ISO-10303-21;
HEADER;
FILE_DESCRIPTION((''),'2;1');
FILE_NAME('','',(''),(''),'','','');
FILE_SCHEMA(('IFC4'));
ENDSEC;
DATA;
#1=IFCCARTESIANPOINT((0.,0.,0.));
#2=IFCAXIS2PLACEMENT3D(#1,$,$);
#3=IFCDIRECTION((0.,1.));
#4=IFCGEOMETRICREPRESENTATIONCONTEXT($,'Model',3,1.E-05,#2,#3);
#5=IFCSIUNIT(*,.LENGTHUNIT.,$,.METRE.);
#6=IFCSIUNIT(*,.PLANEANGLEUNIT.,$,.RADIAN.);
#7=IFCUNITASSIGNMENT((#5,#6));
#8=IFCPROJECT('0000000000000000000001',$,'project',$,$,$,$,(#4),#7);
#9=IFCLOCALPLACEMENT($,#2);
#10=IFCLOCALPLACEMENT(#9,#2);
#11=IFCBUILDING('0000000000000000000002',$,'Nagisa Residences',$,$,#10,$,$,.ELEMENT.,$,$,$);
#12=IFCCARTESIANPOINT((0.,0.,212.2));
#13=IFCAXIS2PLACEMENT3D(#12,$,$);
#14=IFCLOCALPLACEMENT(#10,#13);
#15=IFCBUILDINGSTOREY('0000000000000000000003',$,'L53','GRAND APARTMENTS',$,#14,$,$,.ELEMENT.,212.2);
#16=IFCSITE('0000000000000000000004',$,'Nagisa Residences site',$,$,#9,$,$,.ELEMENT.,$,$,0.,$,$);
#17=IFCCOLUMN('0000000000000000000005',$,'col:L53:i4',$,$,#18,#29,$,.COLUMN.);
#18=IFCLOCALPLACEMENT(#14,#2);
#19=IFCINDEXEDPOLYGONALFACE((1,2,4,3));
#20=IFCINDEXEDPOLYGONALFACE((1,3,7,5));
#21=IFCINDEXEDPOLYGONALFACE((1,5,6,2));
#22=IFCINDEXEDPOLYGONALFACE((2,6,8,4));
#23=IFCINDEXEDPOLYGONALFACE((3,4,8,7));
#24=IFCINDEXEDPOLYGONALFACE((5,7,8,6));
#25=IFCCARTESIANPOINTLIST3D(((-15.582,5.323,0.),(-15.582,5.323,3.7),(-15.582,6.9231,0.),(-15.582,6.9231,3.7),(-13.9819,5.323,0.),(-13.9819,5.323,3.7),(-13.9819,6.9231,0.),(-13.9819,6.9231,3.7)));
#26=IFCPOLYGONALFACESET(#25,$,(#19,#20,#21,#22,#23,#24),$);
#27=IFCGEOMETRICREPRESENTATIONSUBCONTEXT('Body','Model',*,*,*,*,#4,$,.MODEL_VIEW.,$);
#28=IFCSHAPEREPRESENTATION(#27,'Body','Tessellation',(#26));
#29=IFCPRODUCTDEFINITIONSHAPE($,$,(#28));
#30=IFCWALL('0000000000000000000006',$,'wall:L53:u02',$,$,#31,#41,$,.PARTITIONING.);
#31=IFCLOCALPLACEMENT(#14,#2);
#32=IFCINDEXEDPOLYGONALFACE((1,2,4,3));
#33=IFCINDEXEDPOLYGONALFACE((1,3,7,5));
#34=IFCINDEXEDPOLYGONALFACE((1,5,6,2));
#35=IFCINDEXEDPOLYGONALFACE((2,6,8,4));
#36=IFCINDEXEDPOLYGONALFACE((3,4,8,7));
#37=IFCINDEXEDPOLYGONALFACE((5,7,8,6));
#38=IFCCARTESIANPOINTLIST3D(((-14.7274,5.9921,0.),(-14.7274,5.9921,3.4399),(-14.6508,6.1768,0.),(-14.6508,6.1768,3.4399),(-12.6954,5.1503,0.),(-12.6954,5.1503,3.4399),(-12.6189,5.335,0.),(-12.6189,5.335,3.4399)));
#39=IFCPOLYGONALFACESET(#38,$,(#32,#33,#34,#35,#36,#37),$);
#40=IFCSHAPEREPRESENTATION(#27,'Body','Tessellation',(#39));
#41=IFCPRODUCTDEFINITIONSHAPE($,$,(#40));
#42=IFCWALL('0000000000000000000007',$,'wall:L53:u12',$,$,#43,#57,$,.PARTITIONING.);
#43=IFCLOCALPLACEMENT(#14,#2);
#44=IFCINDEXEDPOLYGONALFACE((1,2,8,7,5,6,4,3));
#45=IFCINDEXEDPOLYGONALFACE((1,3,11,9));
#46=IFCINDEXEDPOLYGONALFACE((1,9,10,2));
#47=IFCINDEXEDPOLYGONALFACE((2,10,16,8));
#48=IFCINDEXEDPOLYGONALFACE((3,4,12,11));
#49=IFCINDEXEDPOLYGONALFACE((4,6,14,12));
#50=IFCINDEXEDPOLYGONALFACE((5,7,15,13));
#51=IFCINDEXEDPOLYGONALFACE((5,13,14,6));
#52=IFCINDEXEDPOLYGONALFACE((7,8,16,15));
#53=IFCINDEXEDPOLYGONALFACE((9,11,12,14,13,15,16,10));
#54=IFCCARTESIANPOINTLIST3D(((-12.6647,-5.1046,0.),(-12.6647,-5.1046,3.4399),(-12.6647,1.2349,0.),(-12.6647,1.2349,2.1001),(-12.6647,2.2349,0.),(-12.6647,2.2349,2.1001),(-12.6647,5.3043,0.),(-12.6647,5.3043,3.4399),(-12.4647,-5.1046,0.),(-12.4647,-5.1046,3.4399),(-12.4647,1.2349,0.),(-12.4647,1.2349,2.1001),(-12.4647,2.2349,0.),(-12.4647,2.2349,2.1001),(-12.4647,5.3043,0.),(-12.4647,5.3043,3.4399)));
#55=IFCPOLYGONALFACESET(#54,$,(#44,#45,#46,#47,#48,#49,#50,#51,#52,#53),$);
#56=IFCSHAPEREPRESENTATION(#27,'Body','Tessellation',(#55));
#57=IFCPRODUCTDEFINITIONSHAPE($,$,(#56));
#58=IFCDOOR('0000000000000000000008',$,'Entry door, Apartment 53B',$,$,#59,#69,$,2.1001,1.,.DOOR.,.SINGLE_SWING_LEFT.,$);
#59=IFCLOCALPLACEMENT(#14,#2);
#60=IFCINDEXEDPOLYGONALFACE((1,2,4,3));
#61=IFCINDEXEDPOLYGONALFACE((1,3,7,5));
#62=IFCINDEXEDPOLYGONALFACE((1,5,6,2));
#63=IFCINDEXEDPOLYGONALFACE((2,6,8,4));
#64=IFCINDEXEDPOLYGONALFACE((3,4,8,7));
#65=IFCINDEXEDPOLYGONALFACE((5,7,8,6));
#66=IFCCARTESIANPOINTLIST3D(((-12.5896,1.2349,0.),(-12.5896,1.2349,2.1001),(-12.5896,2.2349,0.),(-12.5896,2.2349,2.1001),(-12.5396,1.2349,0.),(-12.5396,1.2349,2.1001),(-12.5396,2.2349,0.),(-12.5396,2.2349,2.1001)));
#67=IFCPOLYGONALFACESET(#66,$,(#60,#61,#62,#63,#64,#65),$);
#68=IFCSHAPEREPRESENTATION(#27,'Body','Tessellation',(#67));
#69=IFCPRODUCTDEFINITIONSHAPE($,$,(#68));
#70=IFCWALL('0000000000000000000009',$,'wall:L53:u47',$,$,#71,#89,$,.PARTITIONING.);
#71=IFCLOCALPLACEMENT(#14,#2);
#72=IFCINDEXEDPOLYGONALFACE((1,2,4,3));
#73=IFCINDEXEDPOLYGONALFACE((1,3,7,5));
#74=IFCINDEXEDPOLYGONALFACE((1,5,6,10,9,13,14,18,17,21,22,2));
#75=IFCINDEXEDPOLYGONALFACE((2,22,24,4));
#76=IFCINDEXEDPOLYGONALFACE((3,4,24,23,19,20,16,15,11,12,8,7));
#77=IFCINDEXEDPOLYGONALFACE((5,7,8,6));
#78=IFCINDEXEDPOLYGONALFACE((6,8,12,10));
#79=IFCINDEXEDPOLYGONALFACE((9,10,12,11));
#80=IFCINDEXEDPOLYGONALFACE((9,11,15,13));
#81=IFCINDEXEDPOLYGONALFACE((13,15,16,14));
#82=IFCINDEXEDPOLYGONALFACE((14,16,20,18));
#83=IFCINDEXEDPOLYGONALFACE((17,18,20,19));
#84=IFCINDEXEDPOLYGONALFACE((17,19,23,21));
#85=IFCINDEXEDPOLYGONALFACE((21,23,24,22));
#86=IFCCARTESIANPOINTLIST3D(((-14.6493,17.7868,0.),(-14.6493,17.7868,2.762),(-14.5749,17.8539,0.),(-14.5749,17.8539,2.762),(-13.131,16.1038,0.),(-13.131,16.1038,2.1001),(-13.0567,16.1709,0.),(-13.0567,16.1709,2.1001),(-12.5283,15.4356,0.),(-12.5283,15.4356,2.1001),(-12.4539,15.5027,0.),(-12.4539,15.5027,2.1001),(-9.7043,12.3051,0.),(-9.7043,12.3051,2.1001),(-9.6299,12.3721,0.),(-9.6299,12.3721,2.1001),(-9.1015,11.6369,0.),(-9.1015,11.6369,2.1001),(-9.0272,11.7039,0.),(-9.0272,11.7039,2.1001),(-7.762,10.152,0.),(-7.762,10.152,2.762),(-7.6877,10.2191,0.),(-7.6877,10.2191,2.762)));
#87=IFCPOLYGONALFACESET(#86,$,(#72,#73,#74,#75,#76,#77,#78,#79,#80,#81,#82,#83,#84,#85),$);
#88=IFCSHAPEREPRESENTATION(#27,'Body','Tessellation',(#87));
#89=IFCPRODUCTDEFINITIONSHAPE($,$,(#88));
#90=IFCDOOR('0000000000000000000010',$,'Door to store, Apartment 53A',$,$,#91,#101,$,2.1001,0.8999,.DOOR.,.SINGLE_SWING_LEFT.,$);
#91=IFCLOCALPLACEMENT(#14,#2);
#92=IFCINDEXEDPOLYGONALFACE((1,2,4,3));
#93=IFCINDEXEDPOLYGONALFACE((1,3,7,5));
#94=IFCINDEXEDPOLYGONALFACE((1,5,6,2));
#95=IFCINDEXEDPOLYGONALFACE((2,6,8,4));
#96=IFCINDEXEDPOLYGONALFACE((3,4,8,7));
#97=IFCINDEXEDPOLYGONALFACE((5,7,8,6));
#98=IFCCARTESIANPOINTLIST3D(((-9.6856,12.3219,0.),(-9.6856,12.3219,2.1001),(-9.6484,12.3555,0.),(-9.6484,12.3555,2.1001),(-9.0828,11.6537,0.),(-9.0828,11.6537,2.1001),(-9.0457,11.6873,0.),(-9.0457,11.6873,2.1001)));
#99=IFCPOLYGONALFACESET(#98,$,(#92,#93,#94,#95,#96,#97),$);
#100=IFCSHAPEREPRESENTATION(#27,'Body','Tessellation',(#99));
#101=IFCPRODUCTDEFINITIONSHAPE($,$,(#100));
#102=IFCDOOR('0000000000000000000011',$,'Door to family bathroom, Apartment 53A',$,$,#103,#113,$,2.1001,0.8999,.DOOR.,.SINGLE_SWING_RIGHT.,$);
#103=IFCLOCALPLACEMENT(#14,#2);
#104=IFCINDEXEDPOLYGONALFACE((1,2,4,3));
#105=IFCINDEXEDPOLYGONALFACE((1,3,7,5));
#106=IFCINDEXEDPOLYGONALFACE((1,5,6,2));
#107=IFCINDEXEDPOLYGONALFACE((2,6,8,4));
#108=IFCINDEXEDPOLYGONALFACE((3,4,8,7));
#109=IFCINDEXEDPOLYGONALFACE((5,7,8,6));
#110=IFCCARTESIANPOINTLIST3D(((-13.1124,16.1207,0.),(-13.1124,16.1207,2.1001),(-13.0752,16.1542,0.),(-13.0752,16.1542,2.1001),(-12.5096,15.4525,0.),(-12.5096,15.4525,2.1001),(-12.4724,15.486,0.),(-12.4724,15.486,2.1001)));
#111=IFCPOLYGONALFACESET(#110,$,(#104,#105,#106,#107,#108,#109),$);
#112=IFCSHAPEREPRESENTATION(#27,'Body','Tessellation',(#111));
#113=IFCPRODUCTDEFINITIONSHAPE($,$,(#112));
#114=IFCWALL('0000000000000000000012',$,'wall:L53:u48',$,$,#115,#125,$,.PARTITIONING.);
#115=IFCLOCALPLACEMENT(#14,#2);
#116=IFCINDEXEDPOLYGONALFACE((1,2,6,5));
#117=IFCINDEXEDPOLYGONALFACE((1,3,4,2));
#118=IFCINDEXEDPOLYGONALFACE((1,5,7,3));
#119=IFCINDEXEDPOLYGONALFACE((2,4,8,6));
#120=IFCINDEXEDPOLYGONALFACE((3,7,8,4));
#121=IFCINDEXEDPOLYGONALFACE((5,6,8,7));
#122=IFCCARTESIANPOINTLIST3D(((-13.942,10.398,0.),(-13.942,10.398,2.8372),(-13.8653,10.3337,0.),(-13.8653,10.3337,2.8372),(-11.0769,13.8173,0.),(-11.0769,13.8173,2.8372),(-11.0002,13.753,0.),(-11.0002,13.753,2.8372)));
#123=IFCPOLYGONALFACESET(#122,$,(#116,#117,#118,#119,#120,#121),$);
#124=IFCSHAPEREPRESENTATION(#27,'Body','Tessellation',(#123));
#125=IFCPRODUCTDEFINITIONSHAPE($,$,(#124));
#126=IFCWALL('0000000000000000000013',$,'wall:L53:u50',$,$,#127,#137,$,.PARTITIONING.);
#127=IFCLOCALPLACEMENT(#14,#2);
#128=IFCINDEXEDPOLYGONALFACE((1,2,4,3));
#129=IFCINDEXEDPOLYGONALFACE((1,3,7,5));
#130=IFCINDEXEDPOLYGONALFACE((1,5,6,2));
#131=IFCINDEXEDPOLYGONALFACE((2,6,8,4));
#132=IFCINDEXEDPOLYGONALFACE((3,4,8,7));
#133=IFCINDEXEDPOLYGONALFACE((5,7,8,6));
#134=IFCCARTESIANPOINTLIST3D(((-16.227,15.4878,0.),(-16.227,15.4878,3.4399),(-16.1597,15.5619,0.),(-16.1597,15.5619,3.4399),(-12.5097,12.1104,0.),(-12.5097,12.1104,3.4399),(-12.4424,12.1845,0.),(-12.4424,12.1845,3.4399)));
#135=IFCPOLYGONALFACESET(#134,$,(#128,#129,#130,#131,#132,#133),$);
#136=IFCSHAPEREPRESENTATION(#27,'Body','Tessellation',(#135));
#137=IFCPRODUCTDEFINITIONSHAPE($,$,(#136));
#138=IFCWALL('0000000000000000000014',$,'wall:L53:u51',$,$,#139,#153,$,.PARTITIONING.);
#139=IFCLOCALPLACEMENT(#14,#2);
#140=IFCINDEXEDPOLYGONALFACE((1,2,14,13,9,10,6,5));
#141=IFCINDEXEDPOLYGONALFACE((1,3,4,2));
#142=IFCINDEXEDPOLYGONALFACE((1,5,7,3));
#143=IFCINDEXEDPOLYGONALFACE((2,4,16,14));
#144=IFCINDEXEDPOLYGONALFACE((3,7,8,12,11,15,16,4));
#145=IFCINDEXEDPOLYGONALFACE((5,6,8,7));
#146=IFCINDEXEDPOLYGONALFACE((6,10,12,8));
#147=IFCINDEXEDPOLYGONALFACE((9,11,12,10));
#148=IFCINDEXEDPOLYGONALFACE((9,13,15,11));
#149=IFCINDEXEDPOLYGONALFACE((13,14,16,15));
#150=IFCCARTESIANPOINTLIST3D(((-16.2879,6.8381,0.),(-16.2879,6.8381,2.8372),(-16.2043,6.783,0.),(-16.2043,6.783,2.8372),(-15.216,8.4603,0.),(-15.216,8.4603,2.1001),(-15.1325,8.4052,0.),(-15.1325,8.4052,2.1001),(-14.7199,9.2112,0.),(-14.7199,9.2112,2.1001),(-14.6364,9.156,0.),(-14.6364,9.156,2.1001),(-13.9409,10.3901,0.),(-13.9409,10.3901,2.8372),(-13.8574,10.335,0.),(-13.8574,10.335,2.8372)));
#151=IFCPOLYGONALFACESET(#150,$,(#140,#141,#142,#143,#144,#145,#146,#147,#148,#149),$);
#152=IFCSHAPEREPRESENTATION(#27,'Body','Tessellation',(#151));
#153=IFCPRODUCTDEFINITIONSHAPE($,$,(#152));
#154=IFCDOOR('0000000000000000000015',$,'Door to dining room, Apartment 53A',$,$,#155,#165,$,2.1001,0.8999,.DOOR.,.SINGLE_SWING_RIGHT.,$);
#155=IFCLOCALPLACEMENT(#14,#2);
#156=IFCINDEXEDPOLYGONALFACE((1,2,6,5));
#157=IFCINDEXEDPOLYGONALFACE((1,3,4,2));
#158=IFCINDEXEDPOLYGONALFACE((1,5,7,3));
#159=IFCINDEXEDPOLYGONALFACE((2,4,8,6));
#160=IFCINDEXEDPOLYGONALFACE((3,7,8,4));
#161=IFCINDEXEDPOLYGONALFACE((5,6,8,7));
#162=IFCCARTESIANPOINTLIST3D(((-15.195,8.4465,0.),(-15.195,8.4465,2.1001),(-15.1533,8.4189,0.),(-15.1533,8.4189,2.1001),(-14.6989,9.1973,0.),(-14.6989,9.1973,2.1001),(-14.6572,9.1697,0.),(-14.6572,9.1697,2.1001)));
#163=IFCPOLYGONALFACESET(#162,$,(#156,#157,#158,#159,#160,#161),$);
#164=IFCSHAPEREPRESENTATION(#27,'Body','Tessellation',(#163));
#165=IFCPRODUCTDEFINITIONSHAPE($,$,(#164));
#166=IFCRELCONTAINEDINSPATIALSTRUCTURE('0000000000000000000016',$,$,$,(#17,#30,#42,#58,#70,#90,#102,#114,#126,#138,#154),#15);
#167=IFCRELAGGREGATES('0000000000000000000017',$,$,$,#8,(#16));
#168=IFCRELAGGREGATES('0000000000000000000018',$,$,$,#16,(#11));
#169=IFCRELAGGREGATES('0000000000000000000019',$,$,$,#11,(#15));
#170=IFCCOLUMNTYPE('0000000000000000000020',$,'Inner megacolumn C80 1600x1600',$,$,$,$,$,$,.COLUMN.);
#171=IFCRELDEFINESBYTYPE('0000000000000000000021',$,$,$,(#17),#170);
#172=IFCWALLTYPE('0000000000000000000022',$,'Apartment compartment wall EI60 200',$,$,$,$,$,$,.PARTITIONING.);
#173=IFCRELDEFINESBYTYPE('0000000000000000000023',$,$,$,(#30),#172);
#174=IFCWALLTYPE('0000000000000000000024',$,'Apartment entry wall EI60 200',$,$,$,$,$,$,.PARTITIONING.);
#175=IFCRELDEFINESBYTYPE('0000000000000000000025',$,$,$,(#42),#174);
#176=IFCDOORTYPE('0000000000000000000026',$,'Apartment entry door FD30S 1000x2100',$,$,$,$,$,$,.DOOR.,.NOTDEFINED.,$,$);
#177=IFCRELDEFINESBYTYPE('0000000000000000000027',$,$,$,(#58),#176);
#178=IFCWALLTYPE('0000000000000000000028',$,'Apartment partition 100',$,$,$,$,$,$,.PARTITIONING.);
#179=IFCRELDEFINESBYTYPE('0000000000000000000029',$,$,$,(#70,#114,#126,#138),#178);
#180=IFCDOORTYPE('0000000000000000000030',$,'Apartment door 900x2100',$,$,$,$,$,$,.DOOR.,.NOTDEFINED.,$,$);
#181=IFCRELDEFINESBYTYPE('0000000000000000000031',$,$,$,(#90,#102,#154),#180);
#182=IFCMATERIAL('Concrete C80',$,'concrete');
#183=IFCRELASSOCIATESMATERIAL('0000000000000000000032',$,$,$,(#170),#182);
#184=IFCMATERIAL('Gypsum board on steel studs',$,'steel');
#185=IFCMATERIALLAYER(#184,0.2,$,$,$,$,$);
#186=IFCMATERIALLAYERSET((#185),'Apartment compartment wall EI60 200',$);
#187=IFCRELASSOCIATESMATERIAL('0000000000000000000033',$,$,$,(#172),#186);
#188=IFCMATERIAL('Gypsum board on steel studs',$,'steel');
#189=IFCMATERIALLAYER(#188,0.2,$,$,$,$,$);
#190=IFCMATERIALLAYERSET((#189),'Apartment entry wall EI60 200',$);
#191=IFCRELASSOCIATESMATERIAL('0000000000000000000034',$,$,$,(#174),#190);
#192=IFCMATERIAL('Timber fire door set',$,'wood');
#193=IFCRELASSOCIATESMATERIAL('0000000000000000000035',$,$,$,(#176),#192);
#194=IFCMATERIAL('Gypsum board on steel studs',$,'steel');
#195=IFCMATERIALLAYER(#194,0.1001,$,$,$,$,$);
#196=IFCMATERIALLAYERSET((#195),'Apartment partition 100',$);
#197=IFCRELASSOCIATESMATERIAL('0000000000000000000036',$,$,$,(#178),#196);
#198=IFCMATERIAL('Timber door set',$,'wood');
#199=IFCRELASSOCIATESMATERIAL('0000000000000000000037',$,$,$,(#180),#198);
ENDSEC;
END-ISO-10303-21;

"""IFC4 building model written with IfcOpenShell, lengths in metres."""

from ifc_helpers import new_model, si_unit, direction, frame, frame_2d, origin, origin_2d, place, context, subcontext, project, spatial, rectangle, extrude, material, layer, layer_set, material_profile, profile_set, type_object, element, fill, save


model = new_model("IFC4")

# Units and contexts
model_context = context("Model", 3, precision=1e-05, world=origin(), true_north=direction((0.0, 1.0)))
body_context = subcontext(model_context, "Body", "Model", "MODEL_VIEW")
ifc_project = project(units=[si_unit("LENGTHUNIT", "METRE"), si_unit("PLANEANGLEUNIT", "RADIAN")], contexts=[model_context])

# Site, building, storey
site_placement = place(None, origin())
site = spatial("IfcSite", under=ifc_project, at=site_placement, Name="Nagisa Residences site", CompositionType="ELEMENT", RefElevation=0.0)
building_placement = place(site_placement, origin())
building = spatial("IfcBuilding", under=site, at=building_placement, Name="Nagisa Residences", CompositionType="ELEMENT")
storey_placement = place(building_placement, frame((0.0, 0.0, 212.2)))
storey = spatial("IfcBuildingStorey", under=building, at=storey_placement, Name="L53", Description="GRAND APARTMENTS", CompositionType="ELEMENT", Elevation=212.2)

# Column
ifc_material_1 = material(Name="Concrete C80", Category="concrete")
ifc_material_profile = material_profile(ifc_material_1, rectangle(XDim=1.6001, YDim=1.6001, at=origin_2d()), Name="C80 1600x1600")
ifc_profile_set = profile_set([ifc_material_profile], Name="Concrete C80")
column_type = type_object("IfcColumnType", Name="Inner megacolumn C80 1600x1600", PredefinedType="COLUMN", material=ifc_profile_set)
column_placement = place(storey_placement, frame((-14.782, 6.123, 0.0), z_axis=(0.0, 0.0, 1.0), x_axis=(1.0, 0.0, 0.0)))
element("IfcColumn", 1, at=column_placement, inside=storey, type_object=column_type, Name="col:L53:i4", PredefinedType="COLUMN", context=body_context, shape_type="SweptSolid", body=[
    extrude(rectangle(XDim=1.6001, YDim=1.6001, at=origin_2d()), origin(), (0.0, 0.0, 1.0), 3.7),
])

# Wall
ifc_material_2 = material(Name="Gypsum board on steel studs", Category="steel")
ifc_layer_1 = layer(ifc_material_2, 0.2)
ifc_layer_set_1 = layer_set([ifc_layer_1], Name="Apartment compartment wall EI60 200")
wall_type_1 = type_object("IfcWallType", Name="Apartment compartment wall EI60 200", PredefinedType="PARTITIONING", material=ifc_layer_set_1)
wall_1_placement = place(storey_placement, frame((-12.6572, 5.2427, 0.0), z_axis=(0.0, 0.0, 1.0), x_axis=(-0.92386, 0.382731, 0.0)))
element("IfcWall", 2, at=wall_1_placement, inside=storey, type_object=wall_type_1, Name="wall:L53:u02", PredefinedType="PARTITIONING", context=body_context, shape_type="SweptSolid", body=[
    extrude(rectangle(XDim=2.1995, YDim=0.2, at=frame_2d((1.0996, 0.0))), origin(), (0.0, 0.0, 1.0), 3.4399),
])

# Wall, opening, door
ifc_material_3 = material(Name="Gypsum board on steel studs", Category="steel")
ifc_layer_2 = layer(ifc_material_3, 0.2)
ifc_layer_set_2 = layer_set([ifc_layer_2], Name="Apartment entry wall EI60 200")
wall_type_2 = type_object("IfcWallType", Name="Apartment entry wall EI60 200", PredefinedType="PARTITIONING", material=ifc_layer_set_2)
wall_2_placement = place(storey_placement, frame((-12.5647, 5.3044, 0.0), z_axis=(0.0, 0.0, 1.0), x_axis=(0.0, -1.0, 0.0)))
wall_2 = element("IfcWall", 3, at=wall_2_placement, inside=storey, type_object=wall_type_2, Name="wall:L53:u12", PredefinedType="PARTITIONING", context=body_context, shape_type="SweptSolid", body=[
    extrude(rectangle(XDim=10.4089, YDim=0.2, at=frame_2d((5.2046, 0.0))), origin(), (0.0, 0.0, 1.0), 3.4399),
])
opening_1_placement = place(wall_2_placement, frame((3.0696, 0.0, 0.0)))
opening_1 = element("IfcOpeningElement", 4, at=opening_1_placement, cuts=wall_2, PredefinedType="OPENING", context=body_context, shape_type="SweptSolid", body=[
    extrude(rectangle(XDim=1.0, YDim=2.1001, at=frame_2d((0.5, 1.05))), frame((0.0, 0.1099, 0.0), z_axis=(0.0, -1.0, 0.0), x_axis=(1.0, 0.0, 0.0)), (0.0, 0.0, 1.0), 0.22),
])
ifc_material_4 = material(Name="Timber fire door set", Category="wood")
door_type_1 = type_object("IfcDoorType", Name="Apartment entry door FD30S 1000x2100", OperationType="NOTDEFINED", PredefinedType="DOOR", material=ifc_material_4)
door_1_placement = place(opening_1_placement, frame((1.0, 0.0, 0.0), x_axis=(-1.0, 0.0, 0.0)))
door_1 = element("IfcDoor", 5, at=door_1_placement, inside=storey, type_object=door_type_1, Name="Entry door, Apartment 53B", OperationType="SINGLE_SWING_LEFT", OverallHeight=2.1001, OverallWidth=1.0, PredefinedType="DOOR", context=body_context, shape_type="SweptSolid", body=[
    extrude(rectangle(XDim=1.0, YDim=2.1001, at=frame_2d((0.5, 1.05))), frame((0.0, 0.0249, 0.0), z_axis=(0.0, -1.0, 0.0), x_axis=(1.0, 0.0, 0.0)), (0.0, 0.0, 1.0), 0.05),
])
fill(opening_1, door_1)

# Wall, openings, doors
ifc_material_5 = material(Name="Gypsum board on steel studs", Category="steel")
ifc_layer_3 = layer(ifc_material_5, 0.1001)
ifc_layer_set_3 = layer_set([ifc_layer_3], Name="Apartment partition 100")
wall_type_3 = type_object("IfcWallType", Name="Apartment partition 100", PredefinedType="PARTITIONING", material=ifc_layer_set_3)
wall_3_placement = place(storey_placement, frame((-7.7249, 10.1855, 0.0), z_axis=(0.0, 0.0, 1.0), x_axis=(-0.66982, 0.742524, 0.0)))
wall_3 = element("IfcWall", 6, at=wall_3_placement, inside=storey, type_object=wall_type_3, Name="wall:L53:u47", PredefinedType="PARTITIONING", context=body_context, shape_type="SweptSolid", body=[
    extrude(rectangle(XDim=10.2822, YDim=0.1001, at=frame_2d((5.1411, 0.0))), origin(), (0.0, 0.0, 1.0), 2.762),
])
opening_2_placement = place(wall_3_placement, frame((1.9998, 0.0, 0.0)))
opening_2 = element("IfcOpeningElement", 7, at=opening_2_placement, cuts=wall_3, PredefinedType="OPENING", context=body_context, shape_type="SweptSolid", body=[
    extrude(rectangle(XDim=0.8999, YDim=2.1001, at=frame_2d((0.45, 1.05))), frame((0.0, 0.0601, 0.0), z_axis=(0.0, -1.0, 0.0), x_axis=(1.0, 0.0, 0.0)), (0.0, 0.0, 1.0), 0.1201),
])
opening_3_placement = place(wall_3_placement, frame((7.1157, 0.0, 0.0)))
opening_3 = element("IfcOpeningElement", 8, at=opening_3_placement, cuts=wall_3, PredefinedType="OPENING", context=body_context, shape_type="SweptSolid", body=[
    extrude(rectangle(XDim=0.8999, YDim=2.1001, at=frame_2d((0.45, 1.05))), frame((0.0, 0.0601, 0.0), z_axis=(0.0, -1.0, 0.0), x_axis=(1.0, 0.0, 0.0)), (0.0, 0.0, 1.0), 0.1201),
])
ifc_material_6 = material(Name="Timber door set", Category="wood")
door_type_2 = type_object("IfcDoorType", Name="Apartment door 900x2100", OperationType="NOTDEFINED", PredefinedType="DOOR", material=ifc_material_6)
door_2_placement = place(opening_2_placement, origin())
door_2 = element("IfcDoor", 9, at=door_2_placement, inside=storey, type_object=door_type_2, Name="Door to store, Apartment 53A", OperationType="SINGLE_SWING_LEFT", OverallHeight=2.1001, OverallWidth=0.8999, PredefinedType="DOOR", context=body_context, shape_type="SweptSolid", body=[
    extrude(rectangle(XDim=0.8999, YDim=2.1001, at=frame_2d((0.45, 1.05))), frame((0.0, 0.0249, 0.0), z_axis=(0.0, -1.0, 0.0), x_axis=(1.0, 0.0, 0.0)), (0.0, 0.0, 1.0), 0.05),
])
fill(opening_2, door_2)
door_3_placement = place(opening_3_placement, origin())
door_3 = element("IfcDoor", 10, at=door_3_placement, inside=storey, type_object=door_type_2, Name="Door to family bathroom, Apartment 53A", OperationType="SINGLE_SWING_RIGHT", OverallHeight=2.1001, OverallWidth=0.8999, PredefinedType="DOOR", context=body_context, shape_type="SweptSolid", body=[
    extrude(rectangle(XDim=0.8999, YDim=2.1001, at=frame_2d((0.45, 1.05))), frame((0.0, 0.0249, 0.0), z_axis=(0.0, -1.0, 0.0), x_axis=(1.0, 0.0, 0.0)), (0.0, 0.0, 1.0), 0.05),
])
fill(opening_3, door_3)

# Walls
wall_4_placement = place(storey_placement, frame((-11.0386, 13.7852, 0.0), z_axis=(0.0, 0.0, 1.0), x_axis=(-0.642255, -0.766491, 0.0)))
element("IfcWall", 11, at=wall_4_placement, inside=storey, type_object=wall_type_3, Name="wall:L53:u48", PredefinedType="PARTITIONING", context=body_context, shape_type="SweptSolid", body=[
    extrude(rectangle(XDim=4.4609, YDim=0.1001, at=frame_2d((2.2305, 0.0))), origin(), (0.0, 0.0, 1.0), 2.8372),
])
wall_5_placement = place(storey_placement, frame((-12.4761, 12.1475, 0.0), z_axis=(0.0, 0.0, 1.0), x_axis=(-0.740129, 0.672465, 0.0)))
element("IfcWall", 12, at=wall_5_placement, inside=storey, type_object=wall_type_3, Name="wall:L53:u50", PredefinedType="PARTITIONING", context=body_context, shape_type="SweptSolid", body=[
    extrude(rectangle(XDim=5.0225, YDim=0.1001, at=frame_2d((2.5112, 0.0))), origin(), (0.0, 0.0, 1.0), 3.4399),
])

# Wall, opening, door
wall_6_placement = place(storey_placement, frame((-13.8992, 10.3625, 0.0), z_axis=(0.0, 0.0, 1.0), x_axis=(-0.551268, -0.834328, 0.0)))
wall_6 = element("IfcWall", 13, at=wall_6_placement, inside=storey, type_object=wall_type_3, Name="wall:L53:u51", PredefinedType="PARTITIONING", context=body_context, shape_type="SweptSolid", body=[
    extrude(rectangle(XDim=4.2573, YDim=0.1001, at=frame_2d((2.1287, 0.0))), origin(), (0.0, 0.0, 1.0), 2.8372),
])
opening_4_placement = place(wall_6_placement, frame((1.4131, 0.0, 0.0)))
opening_4 = element("IfcOpeningElement", 14, at=opening_4_placement, cuts=wall_6, PredefinedType="OPENING", context=body_context, shape_type="SweptSolid", body=[
    extrude(rectangle(XDim=0.8999, YDim=2.1001, at=frame_2d((0.45, 1.05))), frame((0.0, 0.0601, 0.0), z_axis=(0.0, -1.0, 0.0), x_axis=(1.0, 0.0, 0.0)), (0.0, 0.0, 1.0), 0.1201),
])
door_4_placement = place(opening_4_placement, frame((0.8999, 0.0, 0.0), x_axis=(-1.0, 0.0, 0.0)))
door_4 = element("IfcDoor", 15, at=door_4_placement, inside=storey, type_object=door_type_2, Name="Door to dining room, Apartment 53A", OperationType="SINGLE_SWING_RIGHT", OverallHeight=2.1001, OverallWidth=0.8999, PredefinedType="DOOR", context=body_context, shape_type="SweptSolid", body=[
    extrude(rectangle(XDim=0.8999, YDim=2.1001, at=frame_2d((0.45, 1.05))), frame((0.0, 0.0249, 0.0), z_axis=(0.0, -1.0, 0.0), x_axis=(1.0, 0.0, 0.0)), (0.0, 0.0, 1.0), 0.05),
])
fill(opening_4, door_4)

save(model, "model.ifc")
